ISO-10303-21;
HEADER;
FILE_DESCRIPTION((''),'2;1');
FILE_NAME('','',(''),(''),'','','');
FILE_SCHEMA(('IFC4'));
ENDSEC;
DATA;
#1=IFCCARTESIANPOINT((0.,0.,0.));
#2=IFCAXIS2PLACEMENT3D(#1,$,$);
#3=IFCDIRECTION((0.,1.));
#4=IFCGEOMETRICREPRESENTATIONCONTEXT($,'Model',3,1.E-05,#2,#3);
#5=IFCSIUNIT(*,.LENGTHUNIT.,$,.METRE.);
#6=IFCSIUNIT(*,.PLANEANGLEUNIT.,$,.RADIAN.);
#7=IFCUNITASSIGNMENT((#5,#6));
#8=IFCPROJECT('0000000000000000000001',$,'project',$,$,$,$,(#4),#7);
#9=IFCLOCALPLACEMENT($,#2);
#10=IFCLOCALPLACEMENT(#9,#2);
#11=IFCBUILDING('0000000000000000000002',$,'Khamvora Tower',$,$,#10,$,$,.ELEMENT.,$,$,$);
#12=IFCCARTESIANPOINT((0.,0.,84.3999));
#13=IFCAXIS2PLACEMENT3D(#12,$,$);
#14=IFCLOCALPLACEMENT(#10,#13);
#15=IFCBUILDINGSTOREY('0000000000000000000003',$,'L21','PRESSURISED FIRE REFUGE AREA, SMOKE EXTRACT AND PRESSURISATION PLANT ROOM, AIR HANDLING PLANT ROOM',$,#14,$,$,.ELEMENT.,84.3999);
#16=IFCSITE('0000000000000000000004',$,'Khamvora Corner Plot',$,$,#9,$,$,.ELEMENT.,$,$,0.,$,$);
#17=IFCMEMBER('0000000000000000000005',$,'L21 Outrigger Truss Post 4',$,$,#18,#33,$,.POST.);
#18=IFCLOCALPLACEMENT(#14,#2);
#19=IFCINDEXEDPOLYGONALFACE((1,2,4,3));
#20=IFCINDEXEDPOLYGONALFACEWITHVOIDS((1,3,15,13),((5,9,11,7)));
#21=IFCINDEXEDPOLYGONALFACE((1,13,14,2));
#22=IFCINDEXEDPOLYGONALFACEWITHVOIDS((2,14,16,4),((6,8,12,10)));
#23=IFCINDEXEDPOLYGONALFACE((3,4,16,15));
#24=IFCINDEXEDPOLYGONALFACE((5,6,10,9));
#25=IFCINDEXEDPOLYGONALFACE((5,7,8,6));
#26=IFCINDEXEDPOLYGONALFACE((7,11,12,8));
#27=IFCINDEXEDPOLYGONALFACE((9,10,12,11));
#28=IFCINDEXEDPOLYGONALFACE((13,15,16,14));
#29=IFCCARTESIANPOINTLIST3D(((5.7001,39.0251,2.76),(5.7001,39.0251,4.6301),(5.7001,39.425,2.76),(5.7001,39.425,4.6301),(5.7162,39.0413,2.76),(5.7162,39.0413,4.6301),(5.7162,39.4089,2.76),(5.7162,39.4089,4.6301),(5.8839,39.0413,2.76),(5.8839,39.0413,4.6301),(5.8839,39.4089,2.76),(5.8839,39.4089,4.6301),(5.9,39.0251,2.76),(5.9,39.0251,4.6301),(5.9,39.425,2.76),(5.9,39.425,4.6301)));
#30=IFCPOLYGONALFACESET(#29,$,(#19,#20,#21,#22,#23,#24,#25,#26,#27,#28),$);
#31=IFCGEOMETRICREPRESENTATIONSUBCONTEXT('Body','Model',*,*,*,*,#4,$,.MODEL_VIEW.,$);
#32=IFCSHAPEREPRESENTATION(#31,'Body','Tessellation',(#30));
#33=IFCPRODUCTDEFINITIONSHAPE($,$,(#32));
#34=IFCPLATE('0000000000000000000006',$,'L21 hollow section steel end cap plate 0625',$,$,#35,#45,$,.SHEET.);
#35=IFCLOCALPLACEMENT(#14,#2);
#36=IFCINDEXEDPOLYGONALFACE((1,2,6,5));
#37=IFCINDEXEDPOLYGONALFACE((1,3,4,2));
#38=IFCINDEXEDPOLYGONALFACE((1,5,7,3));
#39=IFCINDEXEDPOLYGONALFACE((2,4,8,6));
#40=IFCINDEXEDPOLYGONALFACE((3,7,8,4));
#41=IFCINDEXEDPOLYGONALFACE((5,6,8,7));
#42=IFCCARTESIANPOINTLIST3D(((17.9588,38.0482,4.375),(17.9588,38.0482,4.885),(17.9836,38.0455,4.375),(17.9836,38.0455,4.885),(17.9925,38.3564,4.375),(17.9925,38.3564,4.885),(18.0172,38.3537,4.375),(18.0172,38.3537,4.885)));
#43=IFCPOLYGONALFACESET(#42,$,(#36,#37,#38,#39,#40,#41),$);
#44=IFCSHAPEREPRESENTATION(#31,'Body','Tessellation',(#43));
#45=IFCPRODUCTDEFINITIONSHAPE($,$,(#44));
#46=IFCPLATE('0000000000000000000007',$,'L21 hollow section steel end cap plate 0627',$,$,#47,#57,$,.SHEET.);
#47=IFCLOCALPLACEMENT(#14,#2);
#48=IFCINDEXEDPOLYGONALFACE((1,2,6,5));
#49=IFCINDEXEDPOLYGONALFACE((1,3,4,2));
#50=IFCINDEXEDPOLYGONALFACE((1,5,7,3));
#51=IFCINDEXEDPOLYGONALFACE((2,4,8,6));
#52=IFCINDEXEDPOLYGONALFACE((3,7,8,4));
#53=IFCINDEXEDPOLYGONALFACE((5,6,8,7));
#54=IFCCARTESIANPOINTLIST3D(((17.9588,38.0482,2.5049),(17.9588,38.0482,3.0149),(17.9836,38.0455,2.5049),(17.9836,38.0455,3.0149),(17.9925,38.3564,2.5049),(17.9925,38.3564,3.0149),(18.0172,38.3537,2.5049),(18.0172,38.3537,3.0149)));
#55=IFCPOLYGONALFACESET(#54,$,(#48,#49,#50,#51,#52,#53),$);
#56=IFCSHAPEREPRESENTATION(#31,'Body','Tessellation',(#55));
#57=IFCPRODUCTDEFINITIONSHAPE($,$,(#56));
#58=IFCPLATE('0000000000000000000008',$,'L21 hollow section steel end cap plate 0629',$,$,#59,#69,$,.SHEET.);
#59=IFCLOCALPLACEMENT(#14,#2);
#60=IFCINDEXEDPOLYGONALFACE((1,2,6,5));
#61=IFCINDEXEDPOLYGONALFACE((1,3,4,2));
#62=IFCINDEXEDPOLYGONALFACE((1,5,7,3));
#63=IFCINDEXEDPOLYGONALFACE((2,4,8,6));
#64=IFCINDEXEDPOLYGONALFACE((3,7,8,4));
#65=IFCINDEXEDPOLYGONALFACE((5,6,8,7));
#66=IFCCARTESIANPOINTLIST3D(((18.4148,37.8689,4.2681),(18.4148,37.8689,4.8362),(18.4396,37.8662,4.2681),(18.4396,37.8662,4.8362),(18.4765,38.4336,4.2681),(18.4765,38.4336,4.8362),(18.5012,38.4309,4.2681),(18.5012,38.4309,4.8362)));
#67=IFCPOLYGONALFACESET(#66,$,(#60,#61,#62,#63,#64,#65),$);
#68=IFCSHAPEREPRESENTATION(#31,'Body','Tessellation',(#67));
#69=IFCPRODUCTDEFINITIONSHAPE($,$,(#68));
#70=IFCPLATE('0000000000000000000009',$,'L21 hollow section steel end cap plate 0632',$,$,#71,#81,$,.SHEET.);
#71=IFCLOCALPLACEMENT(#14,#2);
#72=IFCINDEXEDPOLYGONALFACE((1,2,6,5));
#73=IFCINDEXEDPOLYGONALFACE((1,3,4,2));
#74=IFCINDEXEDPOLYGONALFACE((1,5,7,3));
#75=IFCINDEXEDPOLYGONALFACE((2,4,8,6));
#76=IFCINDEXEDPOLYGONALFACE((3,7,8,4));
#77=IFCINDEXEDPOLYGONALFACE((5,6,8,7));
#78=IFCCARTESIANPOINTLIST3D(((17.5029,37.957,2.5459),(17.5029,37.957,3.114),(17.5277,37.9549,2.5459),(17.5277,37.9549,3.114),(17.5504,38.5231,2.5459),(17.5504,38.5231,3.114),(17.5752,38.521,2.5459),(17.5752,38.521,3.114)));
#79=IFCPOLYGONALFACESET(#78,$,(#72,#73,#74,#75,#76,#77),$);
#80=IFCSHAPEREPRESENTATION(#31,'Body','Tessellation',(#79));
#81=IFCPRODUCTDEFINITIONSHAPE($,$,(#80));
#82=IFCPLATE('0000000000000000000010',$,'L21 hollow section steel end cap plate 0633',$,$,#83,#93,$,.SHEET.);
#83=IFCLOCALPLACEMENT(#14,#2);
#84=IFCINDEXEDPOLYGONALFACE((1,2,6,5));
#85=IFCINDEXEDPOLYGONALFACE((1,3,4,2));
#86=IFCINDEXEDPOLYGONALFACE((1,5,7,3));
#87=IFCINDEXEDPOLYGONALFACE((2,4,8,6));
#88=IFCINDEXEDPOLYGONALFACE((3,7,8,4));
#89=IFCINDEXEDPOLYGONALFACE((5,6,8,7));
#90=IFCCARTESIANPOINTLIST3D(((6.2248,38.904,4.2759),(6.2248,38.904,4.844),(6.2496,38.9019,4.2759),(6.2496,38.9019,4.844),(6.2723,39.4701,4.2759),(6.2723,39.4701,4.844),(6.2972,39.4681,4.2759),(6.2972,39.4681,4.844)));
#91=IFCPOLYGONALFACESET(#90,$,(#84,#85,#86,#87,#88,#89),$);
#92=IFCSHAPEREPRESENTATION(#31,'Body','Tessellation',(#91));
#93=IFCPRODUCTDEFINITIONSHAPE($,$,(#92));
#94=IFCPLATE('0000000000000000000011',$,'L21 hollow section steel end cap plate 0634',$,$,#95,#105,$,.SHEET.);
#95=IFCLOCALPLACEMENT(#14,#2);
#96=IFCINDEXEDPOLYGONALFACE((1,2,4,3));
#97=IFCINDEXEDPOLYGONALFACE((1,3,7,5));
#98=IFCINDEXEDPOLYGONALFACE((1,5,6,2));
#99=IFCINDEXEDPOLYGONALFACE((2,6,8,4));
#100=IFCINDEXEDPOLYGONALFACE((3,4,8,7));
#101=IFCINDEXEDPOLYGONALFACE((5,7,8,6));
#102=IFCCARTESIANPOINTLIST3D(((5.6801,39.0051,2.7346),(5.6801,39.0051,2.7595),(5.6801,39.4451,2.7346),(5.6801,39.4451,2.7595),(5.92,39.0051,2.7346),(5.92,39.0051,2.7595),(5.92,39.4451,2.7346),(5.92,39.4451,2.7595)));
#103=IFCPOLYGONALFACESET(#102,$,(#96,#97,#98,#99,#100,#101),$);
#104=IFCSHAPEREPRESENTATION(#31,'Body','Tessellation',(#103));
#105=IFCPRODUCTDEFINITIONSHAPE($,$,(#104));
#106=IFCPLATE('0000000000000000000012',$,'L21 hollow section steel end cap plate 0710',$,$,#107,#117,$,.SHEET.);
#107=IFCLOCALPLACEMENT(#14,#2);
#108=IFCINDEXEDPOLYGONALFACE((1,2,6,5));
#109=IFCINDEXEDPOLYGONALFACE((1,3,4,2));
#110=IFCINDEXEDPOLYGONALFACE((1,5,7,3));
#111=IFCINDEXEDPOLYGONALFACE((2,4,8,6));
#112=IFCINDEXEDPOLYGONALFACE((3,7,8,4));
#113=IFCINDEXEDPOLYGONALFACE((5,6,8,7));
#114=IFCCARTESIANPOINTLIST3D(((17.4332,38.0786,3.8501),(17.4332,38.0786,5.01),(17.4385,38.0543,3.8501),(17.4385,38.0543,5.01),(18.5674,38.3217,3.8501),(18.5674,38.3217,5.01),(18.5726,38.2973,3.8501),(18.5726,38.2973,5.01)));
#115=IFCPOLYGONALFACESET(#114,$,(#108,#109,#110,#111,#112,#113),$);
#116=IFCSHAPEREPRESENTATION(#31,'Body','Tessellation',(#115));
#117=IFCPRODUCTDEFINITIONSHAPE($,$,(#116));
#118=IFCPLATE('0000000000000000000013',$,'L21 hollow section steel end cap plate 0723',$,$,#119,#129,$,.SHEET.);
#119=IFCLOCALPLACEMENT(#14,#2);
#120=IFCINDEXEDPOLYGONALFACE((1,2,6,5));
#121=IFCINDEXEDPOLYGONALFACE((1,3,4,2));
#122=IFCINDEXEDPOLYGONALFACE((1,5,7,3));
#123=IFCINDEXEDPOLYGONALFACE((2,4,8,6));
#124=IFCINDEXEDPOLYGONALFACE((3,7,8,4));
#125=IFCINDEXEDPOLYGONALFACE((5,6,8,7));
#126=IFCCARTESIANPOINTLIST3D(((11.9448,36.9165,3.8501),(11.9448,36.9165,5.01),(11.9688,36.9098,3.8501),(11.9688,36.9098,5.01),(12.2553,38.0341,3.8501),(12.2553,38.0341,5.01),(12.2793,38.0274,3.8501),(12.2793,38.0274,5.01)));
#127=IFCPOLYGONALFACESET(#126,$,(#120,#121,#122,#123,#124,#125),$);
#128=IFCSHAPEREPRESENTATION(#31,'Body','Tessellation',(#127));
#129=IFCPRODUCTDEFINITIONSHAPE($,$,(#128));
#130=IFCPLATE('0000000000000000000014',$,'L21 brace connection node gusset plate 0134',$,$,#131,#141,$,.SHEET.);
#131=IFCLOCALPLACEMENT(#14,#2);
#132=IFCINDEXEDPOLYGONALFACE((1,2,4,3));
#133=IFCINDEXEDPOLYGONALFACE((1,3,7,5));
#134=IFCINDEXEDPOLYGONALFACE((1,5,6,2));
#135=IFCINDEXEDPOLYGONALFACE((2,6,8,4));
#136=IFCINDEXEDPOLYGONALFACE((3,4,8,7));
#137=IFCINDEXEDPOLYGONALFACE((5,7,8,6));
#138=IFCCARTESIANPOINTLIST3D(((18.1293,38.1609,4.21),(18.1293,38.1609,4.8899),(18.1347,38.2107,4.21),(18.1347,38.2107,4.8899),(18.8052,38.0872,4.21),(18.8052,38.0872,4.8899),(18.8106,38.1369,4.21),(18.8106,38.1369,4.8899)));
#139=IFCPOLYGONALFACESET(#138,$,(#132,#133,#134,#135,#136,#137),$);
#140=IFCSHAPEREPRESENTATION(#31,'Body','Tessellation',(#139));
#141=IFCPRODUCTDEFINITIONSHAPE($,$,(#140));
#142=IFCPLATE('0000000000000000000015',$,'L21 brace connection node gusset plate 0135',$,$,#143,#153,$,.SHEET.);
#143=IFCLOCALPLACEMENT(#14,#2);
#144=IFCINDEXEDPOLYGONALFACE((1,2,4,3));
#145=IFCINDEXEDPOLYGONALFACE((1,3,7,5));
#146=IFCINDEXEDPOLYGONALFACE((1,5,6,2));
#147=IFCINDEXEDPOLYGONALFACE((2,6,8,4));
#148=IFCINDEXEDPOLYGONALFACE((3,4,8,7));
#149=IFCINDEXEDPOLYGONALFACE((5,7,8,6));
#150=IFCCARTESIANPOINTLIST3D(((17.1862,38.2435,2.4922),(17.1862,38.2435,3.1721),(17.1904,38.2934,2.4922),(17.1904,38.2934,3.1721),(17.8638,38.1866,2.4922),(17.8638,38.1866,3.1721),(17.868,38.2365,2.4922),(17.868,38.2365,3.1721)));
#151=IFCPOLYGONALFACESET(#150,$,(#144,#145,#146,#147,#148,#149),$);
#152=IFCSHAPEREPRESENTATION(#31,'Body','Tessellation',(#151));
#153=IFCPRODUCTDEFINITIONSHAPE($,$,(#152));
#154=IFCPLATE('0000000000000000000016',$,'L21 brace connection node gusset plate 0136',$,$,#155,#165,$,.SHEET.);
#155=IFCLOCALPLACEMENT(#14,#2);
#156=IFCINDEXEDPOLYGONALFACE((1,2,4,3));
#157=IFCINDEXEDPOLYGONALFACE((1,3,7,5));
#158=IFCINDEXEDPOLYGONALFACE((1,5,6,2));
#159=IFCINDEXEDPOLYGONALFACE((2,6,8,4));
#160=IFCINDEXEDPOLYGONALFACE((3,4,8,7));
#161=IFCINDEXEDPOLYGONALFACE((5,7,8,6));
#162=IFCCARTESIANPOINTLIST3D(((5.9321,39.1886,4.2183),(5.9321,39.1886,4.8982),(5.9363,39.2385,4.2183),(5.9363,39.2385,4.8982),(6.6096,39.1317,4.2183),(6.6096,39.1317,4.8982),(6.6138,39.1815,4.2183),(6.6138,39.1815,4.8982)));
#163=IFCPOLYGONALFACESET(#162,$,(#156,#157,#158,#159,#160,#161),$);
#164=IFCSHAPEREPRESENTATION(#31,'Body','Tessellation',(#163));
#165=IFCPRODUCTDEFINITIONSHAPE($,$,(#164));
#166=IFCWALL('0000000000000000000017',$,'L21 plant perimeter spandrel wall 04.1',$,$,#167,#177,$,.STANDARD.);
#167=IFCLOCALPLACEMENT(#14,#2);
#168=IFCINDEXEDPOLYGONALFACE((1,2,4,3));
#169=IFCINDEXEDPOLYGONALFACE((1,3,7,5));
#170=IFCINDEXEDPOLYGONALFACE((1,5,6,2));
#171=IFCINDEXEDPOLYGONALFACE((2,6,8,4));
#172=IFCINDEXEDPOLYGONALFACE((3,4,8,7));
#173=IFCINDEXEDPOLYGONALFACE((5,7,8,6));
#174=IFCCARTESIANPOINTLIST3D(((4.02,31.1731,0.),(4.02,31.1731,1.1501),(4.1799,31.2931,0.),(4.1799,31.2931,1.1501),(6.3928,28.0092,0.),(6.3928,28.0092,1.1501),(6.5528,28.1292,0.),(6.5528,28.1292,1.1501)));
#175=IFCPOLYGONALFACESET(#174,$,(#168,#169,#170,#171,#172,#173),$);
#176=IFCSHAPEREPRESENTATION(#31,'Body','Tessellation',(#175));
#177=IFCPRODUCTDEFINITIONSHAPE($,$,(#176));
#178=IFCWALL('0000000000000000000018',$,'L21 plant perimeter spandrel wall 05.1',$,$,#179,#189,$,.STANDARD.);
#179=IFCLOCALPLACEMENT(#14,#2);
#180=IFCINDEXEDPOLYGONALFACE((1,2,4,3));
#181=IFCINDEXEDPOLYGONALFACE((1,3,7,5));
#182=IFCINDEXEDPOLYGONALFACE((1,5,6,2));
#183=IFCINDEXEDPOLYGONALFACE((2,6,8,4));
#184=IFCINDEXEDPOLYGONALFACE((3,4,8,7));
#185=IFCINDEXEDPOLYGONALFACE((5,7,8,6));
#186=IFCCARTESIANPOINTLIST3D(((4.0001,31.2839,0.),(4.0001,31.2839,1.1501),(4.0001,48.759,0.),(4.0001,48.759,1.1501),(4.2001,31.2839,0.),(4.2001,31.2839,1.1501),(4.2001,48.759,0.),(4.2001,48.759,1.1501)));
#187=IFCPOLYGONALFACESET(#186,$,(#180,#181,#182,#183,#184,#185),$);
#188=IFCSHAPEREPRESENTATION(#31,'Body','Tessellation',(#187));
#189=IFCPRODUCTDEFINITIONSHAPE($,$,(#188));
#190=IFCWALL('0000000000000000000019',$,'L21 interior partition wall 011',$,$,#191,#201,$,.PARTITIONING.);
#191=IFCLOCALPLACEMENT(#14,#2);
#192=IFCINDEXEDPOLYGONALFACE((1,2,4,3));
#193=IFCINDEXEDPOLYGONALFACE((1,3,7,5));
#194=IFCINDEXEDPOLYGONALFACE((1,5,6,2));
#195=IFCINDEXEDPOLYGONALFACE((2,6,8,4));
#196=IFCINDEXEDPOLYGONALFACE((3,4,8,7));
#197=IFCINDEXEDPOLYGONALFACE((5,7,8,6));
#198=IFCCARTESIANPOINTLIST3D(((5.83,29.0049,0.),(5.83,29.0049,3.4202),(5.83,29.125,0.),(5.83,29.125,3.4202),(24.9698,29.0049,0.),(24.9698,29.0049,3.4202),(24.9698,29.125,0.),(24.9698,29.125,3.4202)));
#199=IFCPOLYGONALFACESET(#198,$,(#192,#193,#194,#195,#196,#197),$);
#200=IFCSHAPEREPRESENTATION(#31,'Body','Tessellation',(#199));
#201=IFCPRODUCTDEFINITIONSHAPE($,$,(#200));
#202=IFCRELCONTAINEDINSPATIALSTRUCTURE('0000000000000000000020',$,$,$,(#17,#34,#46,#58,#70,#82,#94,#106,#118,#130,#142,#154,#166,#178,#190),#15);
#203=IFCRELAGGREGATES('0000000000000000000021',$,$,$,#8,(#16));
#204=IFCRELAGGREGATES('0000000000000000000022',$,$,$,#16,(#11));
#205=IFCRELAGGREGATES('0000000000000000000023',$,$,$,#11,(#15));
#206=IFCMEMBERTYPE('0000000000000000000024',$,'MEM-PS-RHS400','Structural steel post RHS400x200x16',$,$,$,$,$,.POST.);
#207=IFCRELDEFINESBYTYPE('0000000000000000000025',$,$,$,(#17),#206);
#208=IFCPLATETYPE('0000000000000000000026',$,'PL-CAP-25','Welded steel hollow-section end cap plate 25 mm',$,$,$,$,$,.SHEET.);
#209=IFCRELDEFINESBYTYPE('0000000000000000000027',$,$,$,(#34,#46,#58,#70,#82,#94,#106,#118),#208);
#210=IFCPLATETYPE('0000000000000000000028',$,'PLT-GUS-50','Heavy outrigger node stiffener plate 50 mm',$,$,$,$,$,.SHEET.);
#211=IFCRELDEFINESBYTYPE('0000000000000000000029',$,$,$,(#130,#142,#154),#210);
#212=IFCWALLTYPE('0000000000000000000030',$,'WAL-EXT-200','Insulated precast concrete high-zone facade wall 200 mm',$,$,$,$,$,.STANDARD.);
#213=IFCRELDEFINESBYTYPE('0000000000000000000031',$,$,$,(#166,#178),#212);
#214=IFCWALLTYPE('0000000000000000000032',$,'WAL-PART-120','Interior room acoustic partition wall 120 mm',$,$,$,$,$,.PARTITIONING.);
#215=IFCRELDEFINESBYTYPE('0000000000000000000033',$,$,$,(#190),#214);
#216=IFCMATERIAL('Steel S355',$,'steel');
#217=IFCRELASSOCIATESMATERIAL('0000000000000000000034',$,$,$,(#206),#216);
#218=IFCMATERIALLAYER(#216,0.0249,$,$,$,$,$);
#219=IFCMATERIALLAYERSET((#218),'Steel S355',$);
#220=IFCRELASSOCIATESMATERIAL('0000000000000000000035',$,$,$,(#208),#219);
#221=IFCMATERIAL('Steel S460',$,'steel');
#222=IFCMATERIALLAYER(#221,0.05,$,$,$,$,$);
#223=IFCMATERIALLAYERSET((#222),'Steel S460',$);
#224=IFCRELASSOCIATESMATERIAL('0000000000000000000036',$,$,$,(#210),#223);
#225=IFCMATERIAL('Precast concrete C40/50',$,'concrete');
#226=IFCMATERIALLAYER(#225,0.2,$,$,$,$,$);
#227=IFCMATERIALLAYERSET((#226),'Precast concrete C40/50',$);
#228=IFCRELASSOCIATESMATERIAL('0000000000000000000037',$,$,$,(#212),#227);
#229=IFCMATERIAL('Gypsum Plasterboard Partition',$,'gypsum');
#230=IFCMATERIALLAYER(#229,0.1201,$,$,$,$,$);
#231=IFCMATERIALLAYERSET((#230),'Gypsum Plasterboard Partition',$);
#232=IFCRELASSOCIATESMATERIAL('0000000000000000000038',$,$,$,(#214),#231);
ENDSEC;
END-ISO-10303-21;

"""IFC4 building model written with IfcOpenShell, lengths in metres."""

from ifc_helpers import new_model, si_unit, direction, frame, frame_2d, origin, origin_2d, place, context, subcontext, project, spatial, rectangle, hollow_rectangle, extrude, material, layer, layer_set, material_profile, profile_set, type_object, element, save


model = new_model("IFC4")

# Units and contexts
model_context = context("Model", 3, precision=1e-05, world=origin(), true_north=direction((0.0, 1.0)))
body_context = subcontext(model_context, "Body", "Model", "MODEL_VIEW")
ifc_project = project(units=[si_unit("LENGTHUNIT", "METRE"), si_unit("PLANEANGLEUNIT", "RADIAN")], contexts=[model_context])

# Site, building, storey
site_placement = place(None, origin())
site = spatial("IfcSite", under=ifc_project, at=site_placement, Name="Khamvora Corner Plot", CompositionType="ELEMENT", RefElevation=0.0)
building_placement = place(site_placement, origin())
building = spatial("IfcBuilding", under=site, at=building_placement, Name="Khamvora Tower", CompositionType="ELEMENT")
storey_placement = place(building_placement, frame((0.0, 0.0, 84.3999)))
storey = spatial("IfcBuildingStorey", under=building, at=storey_placement, Name="L21", Description="PRESSURISED FIRE REFUGE AREA, SMOKE EXTRACT AND PRESSURISATION PLANT ROOM, AIR HANDLING PLANT ROOM", CompositionType="ELEMENT", Elevation=84.3999)

# Shared definitions
ifc_material_1 = material(Name="Steel S355", Category="steel")

# Shared definitions
ifc_material_2 = material(Name="Steel S460", Category="steel")

# Member
ifc_material_profile_1 = material_profile(ifc_material_1, hollow_rectangle(XDim=0.2, YDim=0.3999, WallThickness=0.0161, at=origin_2d()), Name="RHS400x200x16")
ifc_profile_set_1 = profile_set([ifc_material_profile_1], Name="Steel S355")
member_type_1 = type_object("IfcMemberType", Name="MEM-PS-RHS400", Description="Structural steel post RHS400x200x16", PredefinedType="POST", material=ifc_profile_set_1)
for number, where, z_axis, x_axis, name in (
    (1, (5.8, 39.2251, 2.76), (0.0, 0.0, 1.0), (1.0, 0.0, 0.0), "L21 Outrigger Truss Post 4"),
):
    element("IfcMember", number, at=place(storey_placement, frame(where, z_axis=z_axis, x_axis=x_axis)), inside=storey, type_object=member_type_1, Name=name, PredefinedType="POST", context=body_context, shape_type="SweptSolid", body=[
        extrude(hollow_rectangle(XDim=0.2, YDim=0.3999, WallThickness=0.0161, at=origin_2d()), origin(), (0.0, 0.0, 1.0), 1.8701),
    ])

# Plates
ifc_layer_1 = layer(ifc_material_1, 0.0249)
ifc_layer_set_1 = layer_set([ifc_layer_1], Name="Steel S355")
plate_type_1 = type_object("IfcPlateType", Name="PL-CAP-25", Description="Welded steel hollow-section end cap plate 25 mm", PredefinedType="SHEET", material=ifc_layer_set_1)
for number, where, z_axis, x_axis, name in (
    (2, (17.988, 38.2009, 4.375), (0.0, 0.0, 1.0), (-0.994102, 0.10845, 0.0), "L21 hollow section steel end cap plate 0625"),
    (3, (17.988, 38.2009, 2.5049), (0.0, 0.0, 1.0), (-0.994102, 0.10845, 0.0), "L21 hollow section steel end cap plate 0627"),
):
    element("IfcPlate", number, at=place(storey_placement, frame(where, z_axis=z_axis, x_axis=x_axis)), inside=storey, type_object=plate_type_1, Name=name, PredefinedType="SHEET", context=body_context, shape_type="SweptSolid", body=[
        extrude(rectangle(XDim=0.0249, YDim=0.3101, at=origin_2d()), origin(), (0.0, 0.0, 1.0), 0.51),
    ])
for number, where, z_axis, x_axis, name in (
    (4, (18.458, 38.1499, 4.2681), (0.0, 0.0, 1.0), (-0.994094, 0.10852, 0.0), "L21 hollow section steel end cap plate 0629"),
    (5, (17.5391, 38.239, 2.5459), (0.0, 0.0, 1.0), (-0.996493, 0.083678, 0.0), "L21 hollow section steel end cap plate 0632"),
    (6, (6.261, 39.186, 4.2759), (0.0, 0.0, 1.0), (-0.996493, 0.083678, 0.0), "L21 hollow section steel end cap plate 0633"),
):
    element("IfcPlate", number, at=place(storey_placement, frame(where, z_axis=z_axis, x_axis=x_axis)), inside=storey, type_object=plate_type_1, Name=name, PredefinedType="SHEET", context=body_context, shape_type="SweptSolid", body=[
        extrude(rectangle(XDim=0.0249, YDim=0.5681, at=origin_2d()), origin(), (0.0, 0.0, 1.0), 0.5681),
    ])
plate_placement = place(storey_placement, frame((5.8, 39.2251, 2.7346), z_axis=(0.0, 0.0, 1.0), x_axis=(1.0, 0.0, 0.0)))
element("IfcPlate", 7, at=plate_placement, inside=storey, type_object=plate_type_1, Name="L21 hollow section steel end cap plate 0634", PredefinedType="SHEET", context=body_context, shape_type="SweptSolid", body=[
    extrude(rectangle(XDim=0.24, YDim=0.4399, at=origin_2d()), origin(), (0.0, 0.0, 1.0), 0.0249),
])
for number, where, z_axis, x_axis, name in (
    (8, (18.0029, 38.188, 3.8501), (0.0, 0.0, 1.0), (-0.209533, 0.977802, 0.0), "L21 hollow section steel end cap plate 0710"),
    (9, (12.1121, 37.4719, 3.8501), (0.0, 0.0, 1.0), (0.963518, -0.267642, 0.0), "L21 hollow section steel end cap plate 0723"),
):
    element("IfcPlate", number, at=place(storey_placement, frame(where, z_axis=z_axis, x_axis=x_axis)), inside=storey, type_object=plate_type_1, Name=name, PredefinedType="SHEET", context=body_context, shape_type="SweptSolid", body=[
        extrude(rectangle(XDim=0.0249, YDim=1.1599, at=origin_2d()), origin(), (0.0, 0.0, 1.0), 1.1599),
    ])
ifc_layer_2 = layer(ifc_material_2, 0.05)
ifc_layer_set_2 = layer_set([ifc_layer_2], Name="Steel S460")
plate_type_2 = type_object("IfcPlateType", Name="PLT-GUS-50", Description="Heavy outrigger node stiffener plate 50 mm", PredefinedType="SHEET", material=ifc_layer_set_2)
for number, where, z_axis, x_axis, name in (
    (10, (18.47, 38.1489, 4.21), (0.0, 0.0, 1.0), (-0.994102, 0.10845, 0.0), "L21 brace connection node gusset plate 0134"),
    (11, (17.5271, 38.24, 2.4922), (0.0, 0.0, 1.0), (-0.996488, 0.08373, 0.0), "L21 brace connection node gusset plate 0135"),
    (12, (6.2729, 39.1851, 4.2183), (0.0, 0.0, 1.0), (-0.996488, 0.08373, 0.0), "L21 brace connection node gusset plate 0136"),
):
    element("IfcPlate", number, at=place(storey_placement, frame(where, z_axis=z_axis, x_axis=x_axis)), inside=storey, type_object=plate_type_2, Name=name, PredefinedType="SHEET", context=body_context, shape_type="SweptSolid", body=[
        extrude(rectangle(XDim=0.6799, YDim=0.05, at=origin_2d()), origin(), (0.0, 0.0, 1.0), 0.6799),
    ])

# Walls
ifc_material_3 = material(Name="Precast concrete C40/50", Category="concrete")
ifc_layer_3 = layer(ifc_material_3, 0.2)
ifc_layer_set_3 = layer_set([ifc_layer_3], Name="Precast concrete C40/50")
wall_type_1 = type_object("IfcWallType", Name="WAL-EXT-200", Description="Insulated precast concrete high-zone facade wall 200 mm", PredefinedType="STANDARD", material=ifc_layer_set_3)
wall_1_placement = place(storey_placement, frame((6.4729, 28.0691, 0.0), z_axis=(0.0, 0.0, 1.0), x_axis=(-0.59999, 0.800007, 0.0)))
element("IfcWall", 13, at=wall_1_placement, inside=storey, type_object=wall_type_1, Name="L21 plant perimeter spandrel wall 04.1", PredefinedType="STANDARD", context=body_context, shape_type="SweptSolid", body=[
    extrude(rectangle(XDim=3.9548, YDim=0.2, at=frame_2d((1.9775, 0.0))), origin(), (0.0, 0.0, 1.0), 1.1501),
])
wall_2_placement = place(storey_placement, frame((4.1001, 31.2839, 0.0), z_axis=(0.0, 0.0, 1.0), x_axis=(0.0, 1.0, 0.0)))
element("IfcWall", 14, at=wall_2_placement, inside=storey, type_object=wall_type_1, Name="L21 plant perimeter spandrel wall 05.1", PredefinedType="STANDARD", context=body_context, shape_type="SweptSolid", body=[
    extrude(rectangle(XDim=17.4751, YDim=0.2, at=frame_2d((8.7375, 0.0))), origin(), (0.0, 0.0, 1.0), 1.1501),
])
ifc_material_4 = material(Name="Gypsum Plasterboard Partition", Category="gypsum")
ifc_layer_4 = layer(ifc_material_4, 0.1201)
ifc_layer_set_4 = layer_set([ifc_layer_4], Name="Gypsum Plasterboard Partition")
wall_type_2 = type_object("IfcWallType", Name="WAL-PART-120", Description="Interior room acoustic partition wall 120 mm", PredefinedType="PARTITIONING", material=ifc_layer_set_4)
wall_3_placement = place(storey_placement, frame((5.8301, 29.0649, 0.0), z_axis=(0.0, 0.0, 1.0), x_axis=(1.0, 0.0, 0.0)))
element("IfcWall", 15, at=wall_3_placement, inside=storey, type_object=wall_type_2, Name="L21 interior partition wall 011", PredefinedType="PARTITIONING", context=body_context, shape_type="SweptSolid", body=[
    extrude(rectangle(XDim=19.1399, YDim=0.1201, at=frame_2d((9.5698, 0.0))), origin(), (0.0, 0.0, 1.0), 3.4202),
])

save(model, "model.ifc")
